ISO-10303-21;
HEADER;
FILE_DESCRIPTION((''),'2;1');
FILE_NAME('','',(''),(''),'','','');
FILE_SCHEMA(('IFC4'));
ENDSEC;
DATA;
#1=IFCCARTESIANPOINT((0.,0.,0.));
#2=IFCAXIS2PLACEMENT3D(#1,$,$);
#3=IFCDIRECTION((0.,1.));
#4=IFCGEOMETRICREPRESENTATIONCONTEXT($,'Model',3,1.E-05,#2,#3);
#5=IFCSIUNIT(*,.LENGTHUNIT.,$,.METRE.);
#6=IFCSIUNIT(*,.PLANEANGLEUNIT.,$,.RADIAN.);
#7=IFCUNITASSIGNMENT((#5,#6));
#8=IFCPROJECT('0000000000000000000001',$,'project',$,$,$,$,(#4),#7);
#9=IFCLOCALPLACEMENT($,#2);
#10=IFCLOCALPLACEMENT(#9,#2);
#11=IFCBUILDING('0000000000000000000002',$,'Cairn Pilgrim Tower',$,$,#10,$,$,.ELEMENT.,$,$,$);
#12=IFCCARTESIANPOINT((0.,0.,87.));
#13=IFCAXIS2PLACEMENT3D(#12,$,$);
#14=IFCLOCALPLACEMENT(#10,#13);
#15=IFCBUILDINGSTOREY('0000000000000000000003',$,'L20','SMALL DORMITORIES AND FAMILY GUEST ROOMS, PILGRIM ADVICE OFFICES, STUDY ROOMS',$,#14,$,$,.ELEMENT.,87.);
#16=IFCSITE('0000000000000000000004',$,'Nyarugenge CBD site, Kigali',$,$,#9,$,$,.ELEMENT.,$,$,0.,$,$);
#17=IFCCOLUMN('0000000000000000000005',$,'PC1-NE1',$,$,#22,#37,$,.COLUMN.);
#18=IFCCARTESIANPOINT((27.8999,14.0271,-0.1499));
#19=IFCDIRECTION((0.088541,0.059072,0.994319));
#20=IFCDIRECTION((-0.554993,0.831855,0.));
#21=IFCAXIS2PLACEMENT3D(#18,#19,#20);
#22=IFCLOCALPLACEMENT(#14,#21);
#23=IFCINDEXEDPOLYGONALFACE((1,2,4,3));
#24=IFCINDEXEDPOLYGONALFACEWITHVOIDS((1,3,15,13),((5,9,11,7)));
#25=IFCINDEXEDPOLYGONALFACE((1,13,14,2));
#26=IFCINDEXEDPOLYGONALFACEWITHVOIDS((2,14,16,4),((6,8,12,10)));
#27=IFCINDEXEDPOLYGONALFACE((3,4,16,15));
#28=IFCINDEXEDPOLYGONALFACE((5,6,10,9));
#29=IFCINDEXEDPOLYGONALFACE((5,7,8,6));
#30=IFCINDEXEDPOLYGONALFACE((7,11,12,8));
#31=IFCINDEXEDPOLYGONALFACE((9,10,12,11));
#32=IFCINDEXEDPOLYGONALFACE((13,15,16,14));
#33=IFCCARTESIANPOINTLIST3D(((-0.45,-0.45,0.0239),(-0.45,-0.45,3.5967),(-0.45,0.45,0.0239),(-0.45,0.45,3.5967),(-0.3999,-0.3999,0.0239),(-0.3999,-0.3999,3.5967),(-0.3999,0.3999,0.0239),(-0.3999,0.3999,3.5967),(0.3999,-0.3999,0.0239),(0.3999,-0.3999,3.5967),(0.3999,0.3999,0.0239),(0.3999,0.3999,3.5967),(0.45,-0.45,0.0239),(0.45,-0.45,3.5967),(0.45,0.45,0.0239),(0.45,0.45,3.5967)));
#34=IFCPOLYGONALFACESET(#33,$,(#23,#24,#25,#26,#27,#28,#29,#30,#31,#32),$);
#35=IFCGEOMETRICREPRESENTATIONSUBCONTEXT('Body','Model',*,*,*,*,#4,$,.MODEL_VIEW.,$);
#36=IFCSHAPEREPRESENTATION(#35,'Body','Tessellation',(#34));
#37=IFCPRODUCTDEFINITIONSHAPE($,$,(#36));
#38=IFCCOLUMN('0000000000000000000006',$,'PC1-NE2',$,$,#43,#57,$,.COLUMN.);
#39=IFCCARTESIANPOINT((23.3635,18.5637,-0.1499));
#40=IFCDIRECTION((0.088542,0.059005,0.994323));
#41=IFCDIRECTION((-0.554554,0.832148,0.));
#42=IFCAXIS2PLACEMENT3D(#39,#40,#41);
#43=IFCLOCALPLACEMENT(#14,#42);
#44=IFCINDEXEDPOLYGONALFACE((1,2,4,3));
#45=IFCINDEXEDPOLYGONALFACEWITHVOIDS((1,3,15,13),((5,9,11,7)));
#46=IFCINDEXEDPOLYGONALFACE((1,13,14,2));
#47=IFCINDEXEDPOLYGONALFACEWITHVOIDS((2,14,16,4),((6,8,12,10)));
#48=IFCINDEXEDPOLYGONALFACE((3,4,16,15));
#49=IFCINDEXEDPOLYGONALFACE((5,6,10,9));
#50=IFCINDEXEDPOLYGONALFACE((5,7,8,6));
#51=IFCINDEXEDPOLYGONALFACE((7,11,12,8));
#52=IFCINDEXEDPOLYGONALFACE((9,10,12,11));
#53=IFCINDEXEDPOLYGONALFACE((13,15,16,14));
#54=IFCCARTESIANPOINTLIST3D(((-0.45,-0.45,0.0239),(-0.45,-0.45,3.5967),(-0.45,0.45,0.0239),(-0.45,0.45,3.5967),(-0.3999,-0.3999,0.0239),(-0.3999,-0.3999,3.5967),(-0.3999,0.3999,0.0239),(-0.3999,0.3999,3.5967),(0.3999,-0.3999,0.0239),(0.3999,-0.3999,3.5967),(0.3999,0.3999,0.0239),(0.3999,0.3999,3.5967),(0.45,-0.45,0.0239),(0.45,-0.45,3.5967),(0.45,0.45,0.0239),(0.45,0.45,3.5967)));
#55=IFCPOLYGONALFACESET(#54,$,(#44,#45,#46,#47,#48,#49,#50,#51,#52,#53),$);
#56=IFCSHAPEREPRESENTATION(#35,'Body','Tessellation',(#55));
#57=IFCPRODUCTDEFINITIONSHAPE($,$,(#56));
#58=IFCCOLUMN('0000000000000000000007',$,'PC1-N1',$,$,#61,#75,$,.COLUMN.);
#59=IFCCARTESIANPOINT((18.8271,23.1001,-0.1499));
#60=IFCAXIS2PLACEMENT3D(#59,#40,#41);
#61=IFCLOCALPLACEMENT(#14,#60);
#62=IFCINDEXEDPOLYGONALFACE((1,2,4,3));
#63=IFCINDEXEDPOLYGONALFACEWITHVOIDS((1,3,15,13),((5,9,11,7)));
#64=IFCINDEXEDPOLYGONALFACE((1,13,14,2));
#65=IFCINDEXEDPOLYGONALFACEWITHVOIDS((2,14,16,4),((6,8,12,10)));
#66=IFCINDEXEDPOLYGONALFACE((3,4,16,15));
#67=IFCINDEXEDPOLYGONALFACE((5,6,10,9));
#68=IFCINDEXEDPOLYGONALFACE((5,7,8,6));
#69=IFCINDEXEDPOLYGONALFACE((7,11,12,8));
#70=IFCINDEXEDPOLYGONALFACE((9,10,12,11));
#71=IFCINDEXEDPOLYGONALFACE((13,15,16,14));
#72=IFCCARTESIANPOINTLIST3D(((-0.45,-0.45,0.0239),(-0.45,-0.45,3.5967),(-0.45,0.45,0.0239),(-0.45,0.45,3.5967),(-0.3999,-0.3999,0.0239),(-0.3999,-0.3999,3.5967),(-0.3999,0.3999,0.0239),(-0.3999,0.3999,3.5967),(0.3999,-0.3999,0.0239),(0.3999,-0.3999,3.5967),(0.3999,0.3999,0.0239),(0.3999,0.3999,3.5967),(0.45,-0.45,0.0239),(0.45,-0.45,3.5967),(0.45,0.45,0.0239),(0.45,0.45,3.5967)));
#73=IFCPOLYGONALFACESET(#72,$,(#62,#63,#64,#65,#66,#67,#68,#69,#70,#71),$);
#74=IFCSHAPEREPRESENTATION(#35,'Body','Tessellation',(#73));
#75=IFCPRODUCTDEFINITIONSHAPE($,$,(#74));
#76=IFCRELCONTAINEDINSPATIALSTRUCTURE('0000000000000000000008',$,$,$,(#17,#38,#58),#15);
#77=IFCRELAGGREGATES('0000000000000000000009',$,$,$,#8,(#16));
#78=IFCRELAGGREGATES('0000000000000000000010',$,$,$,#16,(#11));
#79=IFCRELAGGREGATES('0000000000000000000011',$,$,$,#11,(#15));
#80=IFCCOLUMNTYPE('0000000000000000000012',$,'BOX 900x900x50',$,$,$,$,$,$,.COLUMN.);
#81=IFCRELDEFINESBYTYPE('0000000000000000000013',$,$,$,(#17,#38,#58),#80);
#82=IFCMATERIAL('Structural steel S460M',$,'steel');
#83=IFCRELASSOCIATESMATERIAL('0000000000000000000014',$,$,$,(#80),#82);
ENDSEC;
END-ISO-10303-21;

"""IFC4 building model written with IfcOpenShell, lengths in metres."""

from ifc_helpers import new_model, si_unit, direction, frame, origin, origin_2d, place, context, subcontext, project, spatial, hollow_rectangle, extrude, clip, halfspace, material, material_profile, profile_set, type_object, element, save


model = new_model("IFC4")

# Units and contexts
model_context = context("Model", 3, precision=1e-05, world=origin(), true_north=direction((0.0, 1.0)))
body_context = subcontext(model_context, "Body", "Model", "MODEL_VIEW")
ifc_project = project(units=[si_unit("LENGTHUNIT", "METRE"), si_unit("PLANEANGLEUNIT", "RADIAN")], contexts=[model_context])

# Site, building, storey
site_placement = place(None, origin())
site = spatial("IfcSite", under=ifc_project, at=site_placement, Name="Nyarugenge CBD site, Kigali", CompositionType="ELEMENT", RefElevation=0.0)
building_placement = place(site_placement, origin())
building = spatial("IfcBuilding", under=site, at=building_placement, Name="Cairn Pilgrim Tower", CompositionType="ELEMENT")
storey_placement = place(building_placement, frame((0.0, 0.0, 87.0)))
storey = spatial("IfcBuildingStorey", under=building, at=storey_placement, Name="L20", Description="SMALL DORMITORIES AND FAMILY GUEST ROOMS, PILGRIM ADVICE OFFICES, STUDY ROOMS", CompositionType="ELEMENT", Elevation=87.0)

# Columns
ifc_material_1 = material(Name="Structural steel S460M", Category="steel")
ifc_material_profile_1 = material_profile(ifc_material_1, hollow_rectangle(XDim=0.8999, YDim=0.8999, WallThickness=0.05, at=origin_2d()), Name="BOX 900x900x50")
ifc_profile_set_1 = profile_set([ifc_material_profile_1], Name="Structural steel S460M")
column_type_1 = type_object("IfcColumnType", Name="BOX 900x900x50", PredefinedType="COLUMN", material=ifc_profile_set_1)
for number, where, z_axis, x_axis, name in (
    (1, (27.8999, 14.0271, -0.1499), (0.088541, 0.059072, 0.994319), (-0.554993, 0.831855, 0.0), "PC1-NE1"),
    (2, (23.3635, 18.5637, -0.1499), (0.088542, 0.059005, 0.994323), (-0.554554, 0.832148, 0.0), "PC1-NE2"),
    (3, (18.8271, 23.1001, -0.1499), (0.088542, 0.059005, 0.994323), (-0.554554, 0.832148, 0.0), "PC1-N1"),
):
    element("IfcColumn", number, at=place(storey_placement, frame(where, z_axis=z_axis, x_axis=x_axis)), inside=storey, type_object=column_type_1, Name=name, PredefinedType="COLUMN", context=body_context, shape_type="Clipping", body=[
        clip(clip(extrude(hollow_rectangle(XDim=0.8999, YDim=0.8999, WallThickness=0.05, at=origin_2d()), origin(), (0.0, 0.0, 1.0), 3.6204), halfspace(frame((0.0, 0.0, 0.0239), z_axis=(0.0, 0.0, 1.0), x_axis=(1.0, 0.0, 0.0)), True)), halfspace(frame((0.0, 0.0, 3.5967), z_axis=(0.0, 0.0, 1.0), x_axis=(1.0, 0.0, 0.0)), False)),
    ])

save(model, "model.ifc")
